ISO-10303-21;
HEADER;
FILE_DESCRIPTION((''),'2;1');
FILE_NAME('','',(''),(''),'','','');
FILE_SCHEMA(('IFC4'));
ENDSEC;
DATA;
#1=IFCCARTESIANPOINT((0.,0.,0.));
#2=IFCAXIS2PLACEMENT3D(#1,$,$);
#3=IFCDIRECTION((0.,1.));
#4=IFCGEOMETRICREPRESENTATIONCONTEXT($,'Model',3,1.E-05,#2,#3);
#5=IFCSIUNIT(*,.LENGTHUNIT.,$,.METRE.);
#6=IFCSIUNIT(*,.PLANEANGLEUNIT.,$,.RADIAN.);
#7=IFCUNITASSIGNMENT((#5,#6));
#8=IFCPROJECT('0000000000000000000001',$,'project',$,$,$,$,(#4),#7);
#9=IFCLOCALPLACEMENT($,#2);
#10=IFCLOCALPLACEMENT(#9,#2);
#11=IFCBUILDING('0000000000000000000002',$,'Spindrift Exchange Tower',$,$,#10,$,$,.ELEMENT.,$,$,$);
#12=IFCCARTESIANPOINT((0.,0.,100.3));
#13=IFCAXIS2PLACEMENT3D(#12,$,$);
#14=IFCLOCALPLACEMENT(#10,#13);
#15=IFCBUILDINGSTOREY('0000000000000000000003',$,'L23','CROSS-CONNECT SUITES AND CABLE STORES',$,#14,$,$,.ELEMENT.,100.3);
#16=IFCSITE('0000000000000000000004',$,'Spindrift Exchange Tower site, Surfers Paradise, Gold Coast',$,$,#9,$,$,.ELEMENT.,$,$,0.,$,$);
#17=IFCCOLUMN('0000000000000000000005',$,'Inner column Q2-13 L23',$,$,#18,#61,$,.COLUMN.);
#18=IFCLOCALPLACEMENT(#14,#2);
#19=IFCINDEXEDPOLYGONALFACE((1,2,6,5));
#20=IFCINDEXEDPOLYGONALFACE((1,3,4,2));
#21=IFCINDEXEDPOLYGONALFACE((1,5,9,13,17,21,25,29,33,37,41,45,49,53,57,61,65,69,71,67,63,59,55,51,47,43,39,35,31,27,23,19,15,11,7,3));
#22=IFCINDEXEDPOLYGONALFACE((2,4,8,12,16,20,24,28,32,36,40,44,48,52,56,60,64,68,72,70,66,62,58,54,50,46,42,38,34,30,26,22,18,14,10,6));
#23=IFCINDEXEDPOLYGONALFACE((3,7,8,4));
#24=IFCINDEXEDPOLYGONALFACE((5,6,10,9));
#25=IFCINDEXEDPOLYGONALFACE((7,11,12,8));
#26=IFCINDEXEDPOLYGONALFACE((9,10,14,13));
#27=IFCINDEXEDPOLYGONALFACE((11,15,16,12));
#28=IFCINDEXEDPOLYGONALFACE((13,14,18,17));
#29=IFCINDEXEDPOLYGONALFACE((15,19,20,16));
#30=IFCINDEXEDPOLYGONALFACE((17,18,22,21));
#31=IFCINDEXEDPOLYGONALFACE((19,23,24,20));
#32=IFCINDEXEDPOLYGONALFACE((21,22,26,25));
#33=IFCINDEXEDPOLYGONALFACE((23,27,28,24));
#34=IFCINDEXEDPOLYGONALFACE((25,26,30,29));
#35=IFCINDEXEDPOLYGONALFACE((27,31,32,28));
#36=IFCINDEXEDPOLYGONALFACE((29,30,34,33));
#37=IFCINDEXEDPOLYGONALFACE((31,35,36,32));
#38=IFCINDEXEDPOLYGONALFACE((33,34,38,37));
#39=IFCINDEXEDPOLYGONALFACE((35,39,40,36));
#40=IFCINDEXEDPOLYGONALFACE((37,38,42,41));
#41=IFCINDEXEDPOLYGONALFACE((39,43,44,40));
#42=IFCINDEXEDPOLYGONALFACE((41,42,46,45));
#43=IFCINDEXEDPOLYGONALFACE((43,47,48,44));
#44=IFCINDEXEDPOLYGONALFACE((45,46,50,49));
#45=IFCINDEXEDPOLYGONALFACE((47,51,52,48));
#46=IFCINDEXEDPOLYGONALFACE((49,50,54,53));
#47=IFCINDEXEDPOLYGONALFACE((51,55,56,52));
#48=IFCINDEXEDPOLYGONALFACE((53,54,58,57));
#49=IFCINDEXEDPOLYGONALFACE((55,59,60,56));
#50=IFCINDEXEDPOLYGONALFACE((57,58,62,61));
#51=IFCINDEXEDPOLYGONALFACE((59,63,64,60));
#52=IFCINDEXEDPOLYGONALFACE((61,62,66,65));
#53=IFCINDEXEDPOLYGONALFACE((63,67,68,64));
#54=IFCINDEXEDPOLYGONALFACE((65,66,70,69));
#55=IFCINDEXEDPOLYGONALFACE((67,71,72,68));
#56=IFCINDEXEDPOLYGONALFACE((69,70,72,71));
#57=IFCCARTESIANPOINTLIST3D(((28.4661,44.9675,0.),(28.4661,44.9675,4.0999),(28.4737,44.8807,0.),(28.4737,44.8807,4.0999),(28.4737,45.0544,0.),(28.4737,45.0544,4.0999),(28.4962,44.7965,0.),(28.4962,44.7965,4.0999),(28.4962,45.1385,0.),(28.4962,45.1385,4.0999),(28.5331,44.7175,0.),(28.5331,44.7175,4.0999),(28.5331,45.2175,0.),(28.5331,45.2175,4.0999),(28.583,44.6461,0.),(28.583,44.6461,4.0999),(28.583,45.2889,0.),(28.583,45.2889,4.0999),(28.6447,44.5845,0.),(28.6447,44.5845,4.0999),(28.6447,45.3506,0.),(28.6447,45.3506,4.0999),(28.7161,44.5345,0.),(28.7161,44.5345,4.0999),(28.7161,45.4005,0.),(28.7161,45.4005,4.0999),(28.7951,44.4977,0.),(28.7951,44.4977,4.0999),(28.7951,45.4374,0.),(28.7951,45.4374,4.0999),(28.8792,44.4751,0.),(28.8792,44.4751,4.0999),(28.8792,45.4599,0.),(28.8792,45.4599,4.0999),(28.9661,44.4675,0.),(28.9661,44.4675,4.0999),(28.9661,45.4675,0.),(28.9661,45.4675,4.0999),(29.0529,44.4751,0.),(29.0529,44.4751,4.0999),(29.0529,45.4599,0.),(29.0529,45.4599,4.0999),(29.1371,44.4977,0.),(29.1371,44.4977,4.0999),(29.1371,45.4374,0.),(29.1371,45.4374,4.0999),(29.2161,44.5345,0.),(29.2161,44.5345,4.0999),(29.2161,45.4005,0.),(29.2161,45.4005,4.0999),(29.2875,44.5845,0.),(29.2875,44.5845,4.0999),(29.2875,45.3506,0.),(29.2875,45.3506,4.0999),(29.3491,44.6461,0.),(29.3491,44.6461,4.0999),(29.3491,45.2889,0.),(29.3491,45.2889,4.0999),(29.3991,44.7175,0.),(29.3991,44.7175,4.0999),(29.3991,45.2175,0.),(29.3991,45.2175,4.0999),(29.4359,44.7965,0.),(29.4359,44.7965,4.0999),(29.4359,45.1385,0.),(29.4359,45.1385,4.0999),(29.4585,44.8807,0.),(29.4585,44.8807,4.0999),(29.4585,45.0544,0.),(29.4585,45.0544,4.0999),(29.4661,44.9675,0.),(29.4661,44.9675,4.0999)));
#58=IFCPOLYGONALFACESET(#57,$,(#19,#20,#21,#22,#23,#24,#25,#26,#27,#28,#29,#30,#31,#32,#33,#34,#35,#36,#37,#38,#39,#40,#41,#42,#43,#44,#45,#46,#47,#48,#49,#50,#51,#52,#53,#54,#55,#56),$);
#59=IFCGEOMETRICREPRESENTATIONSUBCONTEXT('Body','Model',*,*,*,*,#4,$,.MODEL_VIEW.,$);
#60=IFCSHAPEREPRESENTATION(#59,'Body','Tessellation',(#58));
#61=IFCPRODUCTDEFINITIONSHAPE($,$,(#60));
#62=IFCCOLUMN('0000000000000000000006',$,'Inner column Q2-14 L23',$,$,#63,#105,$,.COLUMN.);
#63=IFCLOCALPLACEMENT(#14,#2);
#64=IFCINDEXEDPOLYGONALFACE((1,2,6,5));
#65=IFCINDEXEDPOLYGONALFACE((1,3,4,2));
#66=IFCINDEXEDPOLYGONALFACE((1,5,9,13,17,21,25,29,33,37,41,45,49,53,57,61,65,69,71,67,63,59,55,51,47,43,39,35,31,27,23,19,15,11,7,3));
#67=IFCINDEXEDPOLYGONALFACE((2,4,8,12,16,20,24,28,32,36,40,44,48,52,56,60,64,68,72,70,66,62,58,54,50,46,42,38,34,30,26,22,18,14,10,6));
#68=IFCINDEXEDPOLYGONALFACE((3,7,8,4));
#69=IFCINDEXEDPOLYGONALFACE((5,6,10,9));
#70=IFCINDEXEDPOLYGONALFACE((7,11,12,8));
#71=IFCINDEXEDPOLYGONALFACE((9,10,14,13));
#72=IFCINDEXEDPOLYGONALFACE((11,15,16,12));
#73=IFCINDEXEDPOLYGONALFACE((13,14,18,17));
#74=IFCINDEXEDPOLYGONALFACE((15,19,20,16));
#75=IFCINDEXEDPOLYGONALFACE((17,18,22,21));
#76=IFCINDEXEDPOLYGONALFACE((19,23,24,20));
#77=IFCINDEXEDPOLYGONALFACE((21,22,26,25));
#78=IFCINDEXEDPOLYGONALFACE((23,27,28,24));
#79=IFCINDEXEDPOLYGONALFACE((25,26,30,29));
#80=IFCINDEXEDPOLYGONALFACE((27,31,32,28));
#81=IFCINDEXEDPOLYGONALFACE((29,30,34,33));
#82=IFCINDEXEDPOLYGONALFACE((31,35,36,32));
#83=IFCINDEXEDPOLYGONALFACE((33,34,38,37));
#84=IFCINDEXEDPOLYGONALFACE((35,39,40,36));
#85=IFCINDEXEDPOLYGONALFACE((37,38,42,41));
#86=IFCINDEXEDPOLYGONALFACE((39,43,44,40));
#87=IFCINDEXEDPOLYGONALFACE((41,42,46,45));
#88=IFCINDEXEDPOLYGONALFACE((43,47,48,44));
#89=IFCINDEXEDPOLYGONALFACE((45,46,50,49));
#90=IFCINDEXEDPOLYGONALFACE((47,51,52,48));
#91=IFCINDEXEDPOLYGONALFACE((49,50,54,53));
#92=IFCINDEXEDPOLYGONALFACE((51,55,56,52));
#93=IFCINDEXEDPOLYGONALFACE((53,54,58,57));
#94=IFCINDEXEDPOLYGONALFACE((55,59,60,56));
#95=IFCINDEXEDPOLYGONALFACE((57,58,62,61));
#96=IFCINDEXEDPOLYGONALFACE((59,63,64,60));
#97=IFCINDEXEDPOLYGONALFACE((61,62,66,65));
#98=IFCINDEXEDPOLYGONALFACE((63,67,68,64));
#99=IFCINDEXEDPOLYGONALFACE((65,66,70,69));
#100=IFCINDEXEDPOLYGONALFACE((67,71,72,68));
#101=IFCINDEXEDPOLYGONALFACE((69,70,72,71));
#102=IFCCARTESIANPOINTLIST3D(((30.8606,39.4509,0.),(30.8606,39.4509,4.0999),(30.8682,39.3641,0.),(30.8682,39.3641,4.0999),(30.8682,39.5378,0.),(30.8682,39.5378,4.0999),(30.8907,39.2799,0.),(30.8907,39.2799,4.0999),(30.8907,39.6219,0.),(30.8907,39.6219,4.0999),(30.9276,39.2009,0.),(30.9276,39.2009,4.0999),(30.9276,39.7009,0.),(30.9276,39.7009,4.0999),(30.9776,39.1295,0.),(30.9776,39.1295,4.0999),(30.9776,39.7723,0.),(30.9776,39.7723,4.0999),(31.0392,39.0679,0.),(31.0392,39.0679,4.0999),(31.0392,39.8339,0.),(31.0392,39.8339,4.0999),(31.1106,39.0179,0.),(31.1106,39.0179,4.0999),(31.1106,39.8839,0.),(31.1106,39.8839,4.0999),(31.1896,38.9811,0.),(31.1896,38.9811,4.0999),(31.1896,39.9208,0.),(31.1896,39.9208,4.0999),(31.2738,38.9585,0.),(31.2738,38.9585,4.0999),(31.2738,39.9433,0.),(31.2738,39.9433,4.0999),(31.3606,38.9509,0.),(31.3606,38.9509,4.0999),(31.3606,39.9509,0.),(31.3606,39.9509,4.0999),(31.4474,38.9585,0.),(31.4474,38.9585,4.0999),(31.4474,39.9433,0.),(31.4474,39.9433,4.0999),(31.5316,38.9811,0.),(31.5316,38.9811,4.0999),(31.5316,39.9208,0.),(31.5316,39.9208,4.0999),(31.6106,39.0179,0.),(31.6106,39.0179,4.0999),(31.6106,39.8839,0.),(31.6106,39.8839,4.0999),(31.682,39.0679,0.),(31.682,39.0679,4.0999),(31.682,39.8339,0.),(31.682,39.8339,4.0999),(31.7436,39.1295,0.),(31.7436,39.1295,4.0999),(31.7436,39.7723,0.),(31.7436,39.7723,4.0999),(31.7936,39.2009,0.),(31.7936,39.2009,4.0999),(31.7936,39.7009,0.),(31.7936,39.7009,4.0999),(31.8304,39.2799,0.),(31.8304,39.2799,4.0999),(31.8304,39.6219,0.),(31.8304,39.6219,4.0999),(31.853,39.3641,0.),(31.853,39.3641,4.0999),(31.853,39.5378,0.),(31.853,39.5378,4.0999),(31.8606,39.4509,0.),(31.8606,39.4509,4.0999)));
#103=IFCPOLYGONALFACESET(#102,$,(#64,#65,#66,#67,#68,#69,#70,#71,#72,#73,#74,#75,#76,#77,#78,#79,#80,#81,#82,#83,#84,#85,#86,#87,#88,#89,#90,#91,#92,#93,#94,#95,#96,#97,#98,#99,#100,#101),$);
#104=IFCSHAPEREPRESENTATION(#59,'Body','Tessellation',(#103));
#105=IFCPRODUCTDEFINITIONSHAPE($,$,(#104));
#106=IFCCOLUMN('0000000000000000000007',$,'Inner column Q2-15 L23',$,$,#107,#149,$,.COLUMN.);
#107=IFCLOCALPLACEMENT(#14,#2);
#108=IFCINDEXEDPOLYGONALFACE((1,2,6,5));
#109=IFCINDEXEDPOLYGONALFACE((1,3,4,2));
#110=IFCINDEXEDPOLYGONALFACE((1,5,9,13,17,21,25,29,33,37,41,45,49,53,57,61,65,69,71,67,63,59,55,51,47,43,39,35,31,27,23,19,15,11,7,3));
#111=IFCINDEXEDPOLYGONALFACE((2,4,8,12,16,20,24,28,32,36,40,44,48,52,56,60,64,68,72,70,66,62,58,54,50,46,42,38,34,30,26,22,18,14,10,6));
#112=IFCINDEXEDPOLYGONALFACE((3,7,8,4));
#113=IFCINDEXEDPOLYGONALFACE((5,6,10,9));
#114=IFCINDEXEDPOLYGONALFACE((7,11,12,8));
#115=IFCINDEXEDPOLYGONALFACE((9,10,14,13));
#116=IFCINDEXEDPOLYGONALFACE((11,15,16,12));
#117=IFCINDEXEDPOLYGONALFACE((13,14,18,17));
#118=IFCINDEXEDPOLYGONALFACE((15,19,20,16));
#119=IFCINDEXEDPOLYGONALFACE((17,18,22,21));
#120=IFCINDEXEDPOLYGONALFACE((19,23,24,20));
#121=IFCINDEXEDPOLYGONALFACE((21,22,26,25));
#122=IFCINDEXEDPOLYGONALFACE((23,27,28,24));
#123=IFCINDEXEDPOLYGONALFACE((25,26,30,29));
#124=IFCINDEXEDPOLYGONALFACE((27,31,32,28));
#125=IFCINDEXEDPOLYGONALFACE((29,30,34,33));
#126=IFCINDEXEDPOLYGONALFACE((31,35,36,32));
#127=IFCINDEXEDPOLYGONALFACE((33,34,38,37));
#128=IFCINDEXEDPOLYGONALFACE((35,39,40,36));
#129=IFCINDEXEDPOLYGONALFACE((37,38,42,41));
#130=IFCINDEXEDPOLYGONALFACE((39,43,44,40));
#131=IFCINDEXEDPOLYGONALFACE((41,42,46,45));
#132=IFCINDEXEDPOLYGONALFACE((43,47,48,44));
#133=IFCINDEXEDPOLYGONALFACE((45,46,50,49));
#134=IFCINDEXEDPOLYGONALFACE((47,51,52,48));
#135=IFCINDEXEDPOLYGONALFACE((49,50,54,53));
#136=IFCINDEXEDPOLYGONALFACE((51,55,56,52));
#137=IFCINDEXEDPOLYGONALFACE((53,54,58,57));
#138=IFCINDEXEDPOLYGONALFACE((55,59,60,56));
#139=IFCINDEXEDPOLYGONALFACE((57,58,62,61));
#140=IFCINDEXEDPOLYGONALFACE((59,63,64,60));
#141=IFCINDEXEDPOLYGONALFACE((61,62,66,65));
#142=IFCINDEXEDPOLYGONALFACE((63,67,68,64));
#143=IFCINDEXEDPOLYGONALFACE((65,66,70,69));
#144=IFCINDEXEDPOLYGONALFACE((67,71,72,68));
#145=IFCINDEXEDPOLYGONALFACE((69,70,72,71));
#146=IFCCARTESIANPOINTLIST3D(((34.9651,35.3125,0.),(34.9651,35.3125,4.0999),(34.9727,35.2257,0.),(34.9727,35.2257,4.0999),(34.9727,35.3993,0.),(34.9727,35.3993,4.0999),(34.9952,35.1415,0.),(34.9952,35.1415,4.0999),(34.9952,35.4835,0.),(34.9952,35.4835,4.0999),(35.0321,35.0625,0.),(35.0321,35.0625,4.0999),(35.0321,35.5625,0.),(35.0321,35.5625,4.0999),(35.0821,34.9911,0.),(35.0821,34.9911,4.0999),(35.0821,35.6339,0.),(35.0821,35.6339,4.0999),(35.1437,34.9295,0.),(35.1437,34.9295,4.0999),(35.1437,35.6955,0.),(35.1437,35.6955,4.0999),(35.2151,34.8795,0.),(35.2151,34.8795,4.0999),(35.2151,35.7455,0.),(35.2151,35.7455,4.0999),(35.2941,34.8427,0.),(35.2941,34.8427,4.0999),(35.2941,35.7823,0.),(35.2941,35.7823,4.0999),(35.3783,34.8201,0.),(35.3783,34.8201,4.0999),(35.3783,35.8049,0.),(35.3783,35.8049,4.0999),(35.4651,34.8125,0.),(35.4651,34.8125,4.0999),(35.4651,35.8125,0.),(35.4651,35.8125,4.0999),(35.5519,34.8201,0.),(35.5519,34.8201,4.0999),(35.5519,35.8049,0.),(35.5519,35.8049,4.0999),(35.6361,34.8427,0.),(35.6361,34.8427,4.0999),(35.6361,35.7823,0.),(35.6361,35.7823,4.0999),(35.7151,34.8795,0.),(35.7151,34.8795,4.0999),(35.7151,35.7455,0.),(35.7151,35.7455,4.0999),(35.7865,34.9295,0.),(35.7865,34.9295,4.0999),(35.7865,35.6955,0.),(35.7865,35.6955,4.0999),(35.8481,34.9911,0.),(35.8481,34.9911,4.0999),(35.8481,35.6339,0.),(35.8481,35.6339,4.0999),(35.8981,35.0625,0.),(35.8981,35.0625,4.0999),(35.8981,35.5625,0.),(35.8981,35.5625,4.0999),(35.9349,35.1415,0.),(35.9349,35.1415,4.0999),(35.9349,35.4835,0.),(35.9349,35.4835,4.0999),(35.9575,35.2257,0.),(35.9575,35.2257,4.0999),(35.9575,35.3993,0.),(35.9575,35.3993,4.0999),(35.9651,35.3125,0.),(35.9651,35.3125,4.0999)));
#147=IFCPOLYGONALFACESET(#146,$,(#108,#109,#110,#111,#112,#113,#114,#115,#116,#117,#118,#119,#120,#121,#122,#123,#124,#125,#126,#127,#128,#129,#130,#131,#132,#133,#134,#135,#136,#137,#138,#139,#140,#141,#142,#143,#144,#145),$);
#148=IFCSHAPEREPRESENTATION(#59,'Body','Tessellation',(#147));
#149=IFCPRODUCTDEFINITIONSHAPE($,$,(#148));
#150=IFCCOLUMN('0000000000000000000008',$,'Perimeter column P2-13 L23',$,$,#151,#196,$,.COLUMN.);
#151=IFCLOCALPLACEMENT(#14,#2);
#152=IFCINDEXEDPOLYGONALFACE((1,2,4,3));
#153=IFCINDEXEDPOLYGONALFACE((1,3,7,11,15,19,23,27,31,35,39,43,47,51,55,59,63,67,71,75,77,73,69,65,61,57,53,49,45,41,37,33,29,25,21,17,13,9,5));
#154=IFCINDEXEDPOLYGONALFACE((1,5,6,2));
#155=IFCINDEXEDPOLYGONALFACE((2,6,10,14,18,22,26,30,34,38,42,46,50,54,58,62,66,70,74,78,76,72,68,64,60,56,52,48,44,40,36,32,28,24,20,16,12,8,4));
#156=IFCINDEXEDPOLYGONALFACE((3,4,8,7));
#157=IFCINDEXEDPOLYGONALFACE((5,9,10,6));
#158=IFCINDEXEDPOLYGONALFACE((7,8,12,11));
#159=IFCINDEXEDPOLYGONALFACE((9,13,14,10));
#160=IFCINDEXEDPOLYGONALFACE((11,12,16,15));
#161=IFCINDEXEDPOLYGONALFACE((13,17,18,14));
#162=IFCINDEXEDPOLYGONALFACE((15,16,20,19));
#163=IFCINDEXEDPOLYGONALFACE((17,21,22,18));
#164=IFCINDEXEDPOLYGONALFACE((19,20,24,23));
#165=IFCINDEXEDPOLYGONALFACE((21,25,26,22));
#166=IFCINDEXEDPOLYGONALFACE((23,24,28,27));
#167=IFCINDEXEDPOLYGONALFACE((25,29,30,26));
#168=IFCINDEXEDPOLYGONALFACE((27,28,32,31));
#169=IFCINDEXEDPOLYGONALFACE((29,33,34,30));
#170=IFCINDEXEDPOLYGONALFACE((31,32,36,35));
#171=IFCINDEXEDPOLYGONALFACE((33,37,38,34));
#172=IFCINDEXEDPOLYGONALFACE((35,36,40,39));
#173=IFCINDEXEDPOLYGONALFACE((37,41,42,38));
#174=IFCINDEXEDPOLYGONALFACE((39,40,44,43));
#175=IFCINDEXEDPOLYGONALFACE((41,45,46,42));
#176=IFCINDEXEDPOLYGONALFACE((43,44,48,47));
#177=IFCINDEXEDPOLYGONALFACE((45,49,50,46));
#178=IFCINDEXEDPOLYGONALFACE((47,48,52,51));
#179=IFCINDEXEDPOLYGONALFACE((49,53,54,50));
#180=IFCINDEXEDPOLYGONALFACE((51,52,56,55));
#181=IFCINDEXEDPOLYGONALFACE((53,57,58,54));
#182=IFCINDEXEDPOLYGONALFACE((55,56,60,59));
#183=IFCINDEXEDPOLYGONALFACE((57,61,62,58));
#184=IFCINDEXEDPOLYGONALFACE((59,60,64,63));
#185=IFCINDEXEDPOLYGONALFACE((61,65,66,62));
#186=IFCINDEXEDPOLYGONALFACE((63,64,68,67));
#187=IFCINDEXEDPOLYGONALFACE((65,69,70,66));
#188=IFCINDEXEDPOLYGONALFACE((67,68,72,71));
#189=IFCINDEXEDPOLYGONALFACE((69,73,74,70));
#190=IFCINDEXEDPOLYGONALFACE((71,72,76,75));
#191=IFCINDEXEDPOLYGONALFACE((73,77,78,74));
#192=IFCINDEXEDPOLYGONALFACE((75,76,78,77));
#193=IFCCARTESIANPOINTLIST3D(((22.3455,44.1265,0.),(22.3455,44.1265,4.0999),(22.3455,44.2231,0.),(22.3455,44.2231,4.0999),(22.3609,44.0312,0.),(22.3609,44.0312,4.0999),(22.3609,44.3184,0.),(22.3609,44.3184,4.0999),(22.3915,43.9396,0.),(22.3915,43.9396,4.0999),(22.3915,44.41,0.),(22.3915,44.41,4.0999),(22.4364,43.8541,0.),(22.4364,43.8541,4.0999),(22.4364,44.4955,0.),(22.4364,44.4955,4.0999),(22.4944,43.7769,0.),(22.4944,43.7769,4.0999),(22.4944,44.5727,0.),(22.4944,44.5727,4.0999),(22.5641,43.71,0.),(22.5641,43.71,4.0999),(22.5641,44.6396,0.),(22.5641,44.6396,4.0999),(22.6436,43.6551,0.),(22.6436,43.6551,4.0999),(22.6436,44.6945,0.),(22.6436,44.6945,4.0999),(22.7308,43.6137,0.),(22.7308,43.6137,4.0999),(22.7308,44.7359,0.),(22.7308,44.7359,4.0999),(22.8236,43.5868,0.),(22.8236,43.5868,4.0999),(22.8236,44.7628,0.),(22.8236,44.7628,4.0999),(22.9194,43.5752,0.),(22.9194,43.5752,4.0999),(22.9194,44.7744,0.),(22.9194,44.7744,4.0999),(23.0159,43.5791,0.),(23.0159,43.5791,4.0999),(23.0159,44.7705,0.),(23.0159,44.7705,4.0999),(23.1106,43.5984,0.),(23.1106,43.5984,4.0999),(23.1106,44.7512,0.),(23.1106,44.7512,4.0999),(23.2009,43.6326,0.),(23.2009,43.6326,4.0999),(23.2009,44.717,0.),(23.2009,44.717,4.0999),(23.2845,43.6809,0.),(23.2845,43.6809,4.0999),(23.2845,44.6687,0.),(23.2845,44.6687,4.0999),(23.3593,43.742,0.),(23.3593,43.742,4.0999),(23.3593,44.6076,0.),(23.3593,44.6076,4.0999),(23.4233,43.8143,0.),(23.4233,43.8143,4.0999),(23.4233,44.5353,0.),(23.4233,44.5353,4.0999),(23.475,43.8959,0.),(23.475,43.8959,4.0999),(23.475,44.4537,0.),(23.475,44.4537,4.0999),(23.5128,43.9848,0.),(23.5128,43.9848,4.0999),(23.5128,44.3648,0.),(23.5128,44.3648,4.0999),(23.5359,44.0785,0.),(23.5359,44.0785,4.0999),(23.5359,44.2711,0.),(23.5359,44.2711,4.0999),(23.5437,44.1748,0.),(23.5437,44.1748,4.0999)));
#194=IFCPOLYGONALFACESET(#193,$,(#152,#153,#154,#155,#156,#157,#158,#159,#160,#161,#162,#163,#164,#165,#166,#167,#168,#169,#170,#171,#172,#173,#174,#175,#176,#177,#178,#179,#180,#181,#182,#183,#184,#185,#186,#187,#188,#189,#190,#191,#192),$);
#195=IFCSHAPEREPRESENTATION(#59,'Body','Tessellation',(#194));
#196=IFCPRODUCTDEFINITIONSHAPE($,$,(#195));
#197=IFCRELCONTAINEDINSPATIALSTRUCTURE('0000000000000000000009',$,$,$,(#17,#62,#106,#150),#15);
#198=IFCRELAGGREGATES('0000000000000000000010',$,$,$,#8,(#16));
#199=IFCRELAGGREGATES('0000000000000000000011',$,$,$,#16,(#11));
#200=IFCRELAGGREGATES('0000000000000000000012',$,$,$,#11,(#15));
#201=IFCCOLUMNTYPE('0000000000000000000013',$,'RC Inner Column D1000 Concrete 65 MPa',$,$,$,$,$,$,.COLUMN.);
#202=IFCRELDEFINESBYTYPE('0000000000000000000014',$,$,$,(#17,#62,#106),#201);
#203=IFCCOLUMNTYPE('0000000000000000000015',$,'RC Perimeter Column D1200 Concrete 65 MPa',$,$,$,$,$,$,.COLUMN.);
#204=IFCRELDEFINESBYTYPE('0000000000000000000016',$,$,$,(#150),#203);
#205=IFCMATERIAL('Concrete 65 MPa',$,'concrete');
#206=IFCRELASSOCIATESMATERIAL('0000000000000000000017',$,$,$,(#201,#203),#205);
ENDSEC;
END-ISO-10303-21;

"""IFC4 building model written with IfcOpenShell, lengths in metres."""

from ifc_helpers import new_model, si_unit, direction, frame, origin, origin_2d, place, context, subcontext, project, spatial, circle, extrude, source, transform, mapped, material, material_profile, profile_set, type_object, element, save


model = new_model("IFC4")

# Units and contexts
model_context = context("Model", 3, precision=1e-05, world=origin(), true_north=direction((0.0, 1.0)))
body_context = subcontext(model_context, "Body", "Model", "MODEL_VIEW")
ifc_project = project(units=[si_unit("LENGTHUNIT", "METRE"), si_unit("PLANEANGLEUNIT", "RADIAN")], contexts=[model_context])

# Site, building, storey
site_placement = place(None, origin())
site = spatial("IfcSite", under=ifc_project, at=site_placement, Name="Spindrift Exchange Tower site, Surfers Paradise, Gold Coast", CompositionType="ELEMENT", RefElevation=0.0)
building_placement = place(site_placement, origin())
building = spatial("IfcBuilding", under=site, at=building_placement, Name="Spindrift Exchange Tower", CompositionType="ELEMENT")
storey_placement = place(building_placement, frame((0.0, 0.0, 100.3)))
storey = spatial("IfcBuildingStorey", under=building, at=storey_placement, Name="L23", Description="CROSS-CONNECT SUITES AND CABLE STORES", CompositionType="ELEMENT", Elevation=100.3)

# Columns
ifc_material_1 = material(Name="Concrete 65 MPa", Category="concrete")
ifc_material_profile_1 = material_profile(ifc_material_1, circle(Radius=0.5, at=origin_2d()), Name="RC D1000")
ifc_profile_set_1 = profile_set([ifc_material_profile_1], Name="Concrete 65 MPa")
column_type_1 = type_object("IfcColumnType", Name="RC Inner Column D1000 Concrete 65 MPa", PredefinedType="COLUMN", material=ifc_profile_set_1)
shared_shape_1 = source(origin(), body_context, "Body", "SweptSolid", [
    extrude(circle(Radius=0.5, at=origin_2d()), origin(), (0.0, 0.0, 1.0), 4.0999),
])
for number, where, z_axis, x_axis, name in (
    (1, (28.9661, 44.9675, 0.0), (0.0, 0.0, 1.0), (1.0, 0.0, 0.0), "Inner column Q2-13 L23"),
    (2, (31.3606, 39.4509, 0.0), (0.0, 0.0, 1.0), (1.0, 0.0, 0.0), "Inner column Q2-14 L23"),
    (3, (35.4651, 35.3125, 0.0), (0.0, 0.0, 1.0), (1.0, 0.0, 0.0), "Inner column Q2-15 L23"),
):
    element("IfcColumn", number, at=place(storey_placement, frame(where, z_axis=z_axis, x_axis=x_axis)), inside=storey, type_object=column_type_1, Name=name, PredefinedType="COLUMN", context=body_context, shape_type="MappedRepresentation", body=[
        mapped(shared_shape_1, transform((0.0, 0.0, 0.0), scale=1.0)),
    ])
ifc_material_profile_2 = material_profile(ifc_material_1, circle(Radius=0.6001, at=origin_2d()), Name="RC D1200")
ifc_profile_set_2 = profile_set([ifc_material_profile_2], Name="Concrete 65 MPa")
column_type_2 = type_object("IfcColumnType", Name="RC Perimeter Column D1200 Concrete 65 MPa", PredefinedType="COLUMN", material=ifc_profile_set_2)
shared_shape_2 = source(origin(), body_context, "Body", "SweptSolid", [
    extrude(circle(Radius=0.6001, at=origin_2d()), origin(), (0.0, 0.0, 1.0), 4.0999),
])
for number, where, z_axis, x_axis, name in (
    (4, (22.9436, 44.1748, 0.0), (0.0, 0.0, 1.0), (1.0, 0.0, 0.0), "Perimeter column P2-13 L23"),
):
    element("IfcColumn", number, at=place(storey_placement, frame(where, z_axis=z_axis, x_axis=x_axis)), inside=storey, type_object=column_type_2, Name=name, PredefinedType="COLUMN", context=body_context, shape_type="MappedRepresentation", body=[
        mapped(shared_shape_2, transform((0.0, 0.0, 0.0), scale=1.0)),
    ])

save(model, "model.ifc")
